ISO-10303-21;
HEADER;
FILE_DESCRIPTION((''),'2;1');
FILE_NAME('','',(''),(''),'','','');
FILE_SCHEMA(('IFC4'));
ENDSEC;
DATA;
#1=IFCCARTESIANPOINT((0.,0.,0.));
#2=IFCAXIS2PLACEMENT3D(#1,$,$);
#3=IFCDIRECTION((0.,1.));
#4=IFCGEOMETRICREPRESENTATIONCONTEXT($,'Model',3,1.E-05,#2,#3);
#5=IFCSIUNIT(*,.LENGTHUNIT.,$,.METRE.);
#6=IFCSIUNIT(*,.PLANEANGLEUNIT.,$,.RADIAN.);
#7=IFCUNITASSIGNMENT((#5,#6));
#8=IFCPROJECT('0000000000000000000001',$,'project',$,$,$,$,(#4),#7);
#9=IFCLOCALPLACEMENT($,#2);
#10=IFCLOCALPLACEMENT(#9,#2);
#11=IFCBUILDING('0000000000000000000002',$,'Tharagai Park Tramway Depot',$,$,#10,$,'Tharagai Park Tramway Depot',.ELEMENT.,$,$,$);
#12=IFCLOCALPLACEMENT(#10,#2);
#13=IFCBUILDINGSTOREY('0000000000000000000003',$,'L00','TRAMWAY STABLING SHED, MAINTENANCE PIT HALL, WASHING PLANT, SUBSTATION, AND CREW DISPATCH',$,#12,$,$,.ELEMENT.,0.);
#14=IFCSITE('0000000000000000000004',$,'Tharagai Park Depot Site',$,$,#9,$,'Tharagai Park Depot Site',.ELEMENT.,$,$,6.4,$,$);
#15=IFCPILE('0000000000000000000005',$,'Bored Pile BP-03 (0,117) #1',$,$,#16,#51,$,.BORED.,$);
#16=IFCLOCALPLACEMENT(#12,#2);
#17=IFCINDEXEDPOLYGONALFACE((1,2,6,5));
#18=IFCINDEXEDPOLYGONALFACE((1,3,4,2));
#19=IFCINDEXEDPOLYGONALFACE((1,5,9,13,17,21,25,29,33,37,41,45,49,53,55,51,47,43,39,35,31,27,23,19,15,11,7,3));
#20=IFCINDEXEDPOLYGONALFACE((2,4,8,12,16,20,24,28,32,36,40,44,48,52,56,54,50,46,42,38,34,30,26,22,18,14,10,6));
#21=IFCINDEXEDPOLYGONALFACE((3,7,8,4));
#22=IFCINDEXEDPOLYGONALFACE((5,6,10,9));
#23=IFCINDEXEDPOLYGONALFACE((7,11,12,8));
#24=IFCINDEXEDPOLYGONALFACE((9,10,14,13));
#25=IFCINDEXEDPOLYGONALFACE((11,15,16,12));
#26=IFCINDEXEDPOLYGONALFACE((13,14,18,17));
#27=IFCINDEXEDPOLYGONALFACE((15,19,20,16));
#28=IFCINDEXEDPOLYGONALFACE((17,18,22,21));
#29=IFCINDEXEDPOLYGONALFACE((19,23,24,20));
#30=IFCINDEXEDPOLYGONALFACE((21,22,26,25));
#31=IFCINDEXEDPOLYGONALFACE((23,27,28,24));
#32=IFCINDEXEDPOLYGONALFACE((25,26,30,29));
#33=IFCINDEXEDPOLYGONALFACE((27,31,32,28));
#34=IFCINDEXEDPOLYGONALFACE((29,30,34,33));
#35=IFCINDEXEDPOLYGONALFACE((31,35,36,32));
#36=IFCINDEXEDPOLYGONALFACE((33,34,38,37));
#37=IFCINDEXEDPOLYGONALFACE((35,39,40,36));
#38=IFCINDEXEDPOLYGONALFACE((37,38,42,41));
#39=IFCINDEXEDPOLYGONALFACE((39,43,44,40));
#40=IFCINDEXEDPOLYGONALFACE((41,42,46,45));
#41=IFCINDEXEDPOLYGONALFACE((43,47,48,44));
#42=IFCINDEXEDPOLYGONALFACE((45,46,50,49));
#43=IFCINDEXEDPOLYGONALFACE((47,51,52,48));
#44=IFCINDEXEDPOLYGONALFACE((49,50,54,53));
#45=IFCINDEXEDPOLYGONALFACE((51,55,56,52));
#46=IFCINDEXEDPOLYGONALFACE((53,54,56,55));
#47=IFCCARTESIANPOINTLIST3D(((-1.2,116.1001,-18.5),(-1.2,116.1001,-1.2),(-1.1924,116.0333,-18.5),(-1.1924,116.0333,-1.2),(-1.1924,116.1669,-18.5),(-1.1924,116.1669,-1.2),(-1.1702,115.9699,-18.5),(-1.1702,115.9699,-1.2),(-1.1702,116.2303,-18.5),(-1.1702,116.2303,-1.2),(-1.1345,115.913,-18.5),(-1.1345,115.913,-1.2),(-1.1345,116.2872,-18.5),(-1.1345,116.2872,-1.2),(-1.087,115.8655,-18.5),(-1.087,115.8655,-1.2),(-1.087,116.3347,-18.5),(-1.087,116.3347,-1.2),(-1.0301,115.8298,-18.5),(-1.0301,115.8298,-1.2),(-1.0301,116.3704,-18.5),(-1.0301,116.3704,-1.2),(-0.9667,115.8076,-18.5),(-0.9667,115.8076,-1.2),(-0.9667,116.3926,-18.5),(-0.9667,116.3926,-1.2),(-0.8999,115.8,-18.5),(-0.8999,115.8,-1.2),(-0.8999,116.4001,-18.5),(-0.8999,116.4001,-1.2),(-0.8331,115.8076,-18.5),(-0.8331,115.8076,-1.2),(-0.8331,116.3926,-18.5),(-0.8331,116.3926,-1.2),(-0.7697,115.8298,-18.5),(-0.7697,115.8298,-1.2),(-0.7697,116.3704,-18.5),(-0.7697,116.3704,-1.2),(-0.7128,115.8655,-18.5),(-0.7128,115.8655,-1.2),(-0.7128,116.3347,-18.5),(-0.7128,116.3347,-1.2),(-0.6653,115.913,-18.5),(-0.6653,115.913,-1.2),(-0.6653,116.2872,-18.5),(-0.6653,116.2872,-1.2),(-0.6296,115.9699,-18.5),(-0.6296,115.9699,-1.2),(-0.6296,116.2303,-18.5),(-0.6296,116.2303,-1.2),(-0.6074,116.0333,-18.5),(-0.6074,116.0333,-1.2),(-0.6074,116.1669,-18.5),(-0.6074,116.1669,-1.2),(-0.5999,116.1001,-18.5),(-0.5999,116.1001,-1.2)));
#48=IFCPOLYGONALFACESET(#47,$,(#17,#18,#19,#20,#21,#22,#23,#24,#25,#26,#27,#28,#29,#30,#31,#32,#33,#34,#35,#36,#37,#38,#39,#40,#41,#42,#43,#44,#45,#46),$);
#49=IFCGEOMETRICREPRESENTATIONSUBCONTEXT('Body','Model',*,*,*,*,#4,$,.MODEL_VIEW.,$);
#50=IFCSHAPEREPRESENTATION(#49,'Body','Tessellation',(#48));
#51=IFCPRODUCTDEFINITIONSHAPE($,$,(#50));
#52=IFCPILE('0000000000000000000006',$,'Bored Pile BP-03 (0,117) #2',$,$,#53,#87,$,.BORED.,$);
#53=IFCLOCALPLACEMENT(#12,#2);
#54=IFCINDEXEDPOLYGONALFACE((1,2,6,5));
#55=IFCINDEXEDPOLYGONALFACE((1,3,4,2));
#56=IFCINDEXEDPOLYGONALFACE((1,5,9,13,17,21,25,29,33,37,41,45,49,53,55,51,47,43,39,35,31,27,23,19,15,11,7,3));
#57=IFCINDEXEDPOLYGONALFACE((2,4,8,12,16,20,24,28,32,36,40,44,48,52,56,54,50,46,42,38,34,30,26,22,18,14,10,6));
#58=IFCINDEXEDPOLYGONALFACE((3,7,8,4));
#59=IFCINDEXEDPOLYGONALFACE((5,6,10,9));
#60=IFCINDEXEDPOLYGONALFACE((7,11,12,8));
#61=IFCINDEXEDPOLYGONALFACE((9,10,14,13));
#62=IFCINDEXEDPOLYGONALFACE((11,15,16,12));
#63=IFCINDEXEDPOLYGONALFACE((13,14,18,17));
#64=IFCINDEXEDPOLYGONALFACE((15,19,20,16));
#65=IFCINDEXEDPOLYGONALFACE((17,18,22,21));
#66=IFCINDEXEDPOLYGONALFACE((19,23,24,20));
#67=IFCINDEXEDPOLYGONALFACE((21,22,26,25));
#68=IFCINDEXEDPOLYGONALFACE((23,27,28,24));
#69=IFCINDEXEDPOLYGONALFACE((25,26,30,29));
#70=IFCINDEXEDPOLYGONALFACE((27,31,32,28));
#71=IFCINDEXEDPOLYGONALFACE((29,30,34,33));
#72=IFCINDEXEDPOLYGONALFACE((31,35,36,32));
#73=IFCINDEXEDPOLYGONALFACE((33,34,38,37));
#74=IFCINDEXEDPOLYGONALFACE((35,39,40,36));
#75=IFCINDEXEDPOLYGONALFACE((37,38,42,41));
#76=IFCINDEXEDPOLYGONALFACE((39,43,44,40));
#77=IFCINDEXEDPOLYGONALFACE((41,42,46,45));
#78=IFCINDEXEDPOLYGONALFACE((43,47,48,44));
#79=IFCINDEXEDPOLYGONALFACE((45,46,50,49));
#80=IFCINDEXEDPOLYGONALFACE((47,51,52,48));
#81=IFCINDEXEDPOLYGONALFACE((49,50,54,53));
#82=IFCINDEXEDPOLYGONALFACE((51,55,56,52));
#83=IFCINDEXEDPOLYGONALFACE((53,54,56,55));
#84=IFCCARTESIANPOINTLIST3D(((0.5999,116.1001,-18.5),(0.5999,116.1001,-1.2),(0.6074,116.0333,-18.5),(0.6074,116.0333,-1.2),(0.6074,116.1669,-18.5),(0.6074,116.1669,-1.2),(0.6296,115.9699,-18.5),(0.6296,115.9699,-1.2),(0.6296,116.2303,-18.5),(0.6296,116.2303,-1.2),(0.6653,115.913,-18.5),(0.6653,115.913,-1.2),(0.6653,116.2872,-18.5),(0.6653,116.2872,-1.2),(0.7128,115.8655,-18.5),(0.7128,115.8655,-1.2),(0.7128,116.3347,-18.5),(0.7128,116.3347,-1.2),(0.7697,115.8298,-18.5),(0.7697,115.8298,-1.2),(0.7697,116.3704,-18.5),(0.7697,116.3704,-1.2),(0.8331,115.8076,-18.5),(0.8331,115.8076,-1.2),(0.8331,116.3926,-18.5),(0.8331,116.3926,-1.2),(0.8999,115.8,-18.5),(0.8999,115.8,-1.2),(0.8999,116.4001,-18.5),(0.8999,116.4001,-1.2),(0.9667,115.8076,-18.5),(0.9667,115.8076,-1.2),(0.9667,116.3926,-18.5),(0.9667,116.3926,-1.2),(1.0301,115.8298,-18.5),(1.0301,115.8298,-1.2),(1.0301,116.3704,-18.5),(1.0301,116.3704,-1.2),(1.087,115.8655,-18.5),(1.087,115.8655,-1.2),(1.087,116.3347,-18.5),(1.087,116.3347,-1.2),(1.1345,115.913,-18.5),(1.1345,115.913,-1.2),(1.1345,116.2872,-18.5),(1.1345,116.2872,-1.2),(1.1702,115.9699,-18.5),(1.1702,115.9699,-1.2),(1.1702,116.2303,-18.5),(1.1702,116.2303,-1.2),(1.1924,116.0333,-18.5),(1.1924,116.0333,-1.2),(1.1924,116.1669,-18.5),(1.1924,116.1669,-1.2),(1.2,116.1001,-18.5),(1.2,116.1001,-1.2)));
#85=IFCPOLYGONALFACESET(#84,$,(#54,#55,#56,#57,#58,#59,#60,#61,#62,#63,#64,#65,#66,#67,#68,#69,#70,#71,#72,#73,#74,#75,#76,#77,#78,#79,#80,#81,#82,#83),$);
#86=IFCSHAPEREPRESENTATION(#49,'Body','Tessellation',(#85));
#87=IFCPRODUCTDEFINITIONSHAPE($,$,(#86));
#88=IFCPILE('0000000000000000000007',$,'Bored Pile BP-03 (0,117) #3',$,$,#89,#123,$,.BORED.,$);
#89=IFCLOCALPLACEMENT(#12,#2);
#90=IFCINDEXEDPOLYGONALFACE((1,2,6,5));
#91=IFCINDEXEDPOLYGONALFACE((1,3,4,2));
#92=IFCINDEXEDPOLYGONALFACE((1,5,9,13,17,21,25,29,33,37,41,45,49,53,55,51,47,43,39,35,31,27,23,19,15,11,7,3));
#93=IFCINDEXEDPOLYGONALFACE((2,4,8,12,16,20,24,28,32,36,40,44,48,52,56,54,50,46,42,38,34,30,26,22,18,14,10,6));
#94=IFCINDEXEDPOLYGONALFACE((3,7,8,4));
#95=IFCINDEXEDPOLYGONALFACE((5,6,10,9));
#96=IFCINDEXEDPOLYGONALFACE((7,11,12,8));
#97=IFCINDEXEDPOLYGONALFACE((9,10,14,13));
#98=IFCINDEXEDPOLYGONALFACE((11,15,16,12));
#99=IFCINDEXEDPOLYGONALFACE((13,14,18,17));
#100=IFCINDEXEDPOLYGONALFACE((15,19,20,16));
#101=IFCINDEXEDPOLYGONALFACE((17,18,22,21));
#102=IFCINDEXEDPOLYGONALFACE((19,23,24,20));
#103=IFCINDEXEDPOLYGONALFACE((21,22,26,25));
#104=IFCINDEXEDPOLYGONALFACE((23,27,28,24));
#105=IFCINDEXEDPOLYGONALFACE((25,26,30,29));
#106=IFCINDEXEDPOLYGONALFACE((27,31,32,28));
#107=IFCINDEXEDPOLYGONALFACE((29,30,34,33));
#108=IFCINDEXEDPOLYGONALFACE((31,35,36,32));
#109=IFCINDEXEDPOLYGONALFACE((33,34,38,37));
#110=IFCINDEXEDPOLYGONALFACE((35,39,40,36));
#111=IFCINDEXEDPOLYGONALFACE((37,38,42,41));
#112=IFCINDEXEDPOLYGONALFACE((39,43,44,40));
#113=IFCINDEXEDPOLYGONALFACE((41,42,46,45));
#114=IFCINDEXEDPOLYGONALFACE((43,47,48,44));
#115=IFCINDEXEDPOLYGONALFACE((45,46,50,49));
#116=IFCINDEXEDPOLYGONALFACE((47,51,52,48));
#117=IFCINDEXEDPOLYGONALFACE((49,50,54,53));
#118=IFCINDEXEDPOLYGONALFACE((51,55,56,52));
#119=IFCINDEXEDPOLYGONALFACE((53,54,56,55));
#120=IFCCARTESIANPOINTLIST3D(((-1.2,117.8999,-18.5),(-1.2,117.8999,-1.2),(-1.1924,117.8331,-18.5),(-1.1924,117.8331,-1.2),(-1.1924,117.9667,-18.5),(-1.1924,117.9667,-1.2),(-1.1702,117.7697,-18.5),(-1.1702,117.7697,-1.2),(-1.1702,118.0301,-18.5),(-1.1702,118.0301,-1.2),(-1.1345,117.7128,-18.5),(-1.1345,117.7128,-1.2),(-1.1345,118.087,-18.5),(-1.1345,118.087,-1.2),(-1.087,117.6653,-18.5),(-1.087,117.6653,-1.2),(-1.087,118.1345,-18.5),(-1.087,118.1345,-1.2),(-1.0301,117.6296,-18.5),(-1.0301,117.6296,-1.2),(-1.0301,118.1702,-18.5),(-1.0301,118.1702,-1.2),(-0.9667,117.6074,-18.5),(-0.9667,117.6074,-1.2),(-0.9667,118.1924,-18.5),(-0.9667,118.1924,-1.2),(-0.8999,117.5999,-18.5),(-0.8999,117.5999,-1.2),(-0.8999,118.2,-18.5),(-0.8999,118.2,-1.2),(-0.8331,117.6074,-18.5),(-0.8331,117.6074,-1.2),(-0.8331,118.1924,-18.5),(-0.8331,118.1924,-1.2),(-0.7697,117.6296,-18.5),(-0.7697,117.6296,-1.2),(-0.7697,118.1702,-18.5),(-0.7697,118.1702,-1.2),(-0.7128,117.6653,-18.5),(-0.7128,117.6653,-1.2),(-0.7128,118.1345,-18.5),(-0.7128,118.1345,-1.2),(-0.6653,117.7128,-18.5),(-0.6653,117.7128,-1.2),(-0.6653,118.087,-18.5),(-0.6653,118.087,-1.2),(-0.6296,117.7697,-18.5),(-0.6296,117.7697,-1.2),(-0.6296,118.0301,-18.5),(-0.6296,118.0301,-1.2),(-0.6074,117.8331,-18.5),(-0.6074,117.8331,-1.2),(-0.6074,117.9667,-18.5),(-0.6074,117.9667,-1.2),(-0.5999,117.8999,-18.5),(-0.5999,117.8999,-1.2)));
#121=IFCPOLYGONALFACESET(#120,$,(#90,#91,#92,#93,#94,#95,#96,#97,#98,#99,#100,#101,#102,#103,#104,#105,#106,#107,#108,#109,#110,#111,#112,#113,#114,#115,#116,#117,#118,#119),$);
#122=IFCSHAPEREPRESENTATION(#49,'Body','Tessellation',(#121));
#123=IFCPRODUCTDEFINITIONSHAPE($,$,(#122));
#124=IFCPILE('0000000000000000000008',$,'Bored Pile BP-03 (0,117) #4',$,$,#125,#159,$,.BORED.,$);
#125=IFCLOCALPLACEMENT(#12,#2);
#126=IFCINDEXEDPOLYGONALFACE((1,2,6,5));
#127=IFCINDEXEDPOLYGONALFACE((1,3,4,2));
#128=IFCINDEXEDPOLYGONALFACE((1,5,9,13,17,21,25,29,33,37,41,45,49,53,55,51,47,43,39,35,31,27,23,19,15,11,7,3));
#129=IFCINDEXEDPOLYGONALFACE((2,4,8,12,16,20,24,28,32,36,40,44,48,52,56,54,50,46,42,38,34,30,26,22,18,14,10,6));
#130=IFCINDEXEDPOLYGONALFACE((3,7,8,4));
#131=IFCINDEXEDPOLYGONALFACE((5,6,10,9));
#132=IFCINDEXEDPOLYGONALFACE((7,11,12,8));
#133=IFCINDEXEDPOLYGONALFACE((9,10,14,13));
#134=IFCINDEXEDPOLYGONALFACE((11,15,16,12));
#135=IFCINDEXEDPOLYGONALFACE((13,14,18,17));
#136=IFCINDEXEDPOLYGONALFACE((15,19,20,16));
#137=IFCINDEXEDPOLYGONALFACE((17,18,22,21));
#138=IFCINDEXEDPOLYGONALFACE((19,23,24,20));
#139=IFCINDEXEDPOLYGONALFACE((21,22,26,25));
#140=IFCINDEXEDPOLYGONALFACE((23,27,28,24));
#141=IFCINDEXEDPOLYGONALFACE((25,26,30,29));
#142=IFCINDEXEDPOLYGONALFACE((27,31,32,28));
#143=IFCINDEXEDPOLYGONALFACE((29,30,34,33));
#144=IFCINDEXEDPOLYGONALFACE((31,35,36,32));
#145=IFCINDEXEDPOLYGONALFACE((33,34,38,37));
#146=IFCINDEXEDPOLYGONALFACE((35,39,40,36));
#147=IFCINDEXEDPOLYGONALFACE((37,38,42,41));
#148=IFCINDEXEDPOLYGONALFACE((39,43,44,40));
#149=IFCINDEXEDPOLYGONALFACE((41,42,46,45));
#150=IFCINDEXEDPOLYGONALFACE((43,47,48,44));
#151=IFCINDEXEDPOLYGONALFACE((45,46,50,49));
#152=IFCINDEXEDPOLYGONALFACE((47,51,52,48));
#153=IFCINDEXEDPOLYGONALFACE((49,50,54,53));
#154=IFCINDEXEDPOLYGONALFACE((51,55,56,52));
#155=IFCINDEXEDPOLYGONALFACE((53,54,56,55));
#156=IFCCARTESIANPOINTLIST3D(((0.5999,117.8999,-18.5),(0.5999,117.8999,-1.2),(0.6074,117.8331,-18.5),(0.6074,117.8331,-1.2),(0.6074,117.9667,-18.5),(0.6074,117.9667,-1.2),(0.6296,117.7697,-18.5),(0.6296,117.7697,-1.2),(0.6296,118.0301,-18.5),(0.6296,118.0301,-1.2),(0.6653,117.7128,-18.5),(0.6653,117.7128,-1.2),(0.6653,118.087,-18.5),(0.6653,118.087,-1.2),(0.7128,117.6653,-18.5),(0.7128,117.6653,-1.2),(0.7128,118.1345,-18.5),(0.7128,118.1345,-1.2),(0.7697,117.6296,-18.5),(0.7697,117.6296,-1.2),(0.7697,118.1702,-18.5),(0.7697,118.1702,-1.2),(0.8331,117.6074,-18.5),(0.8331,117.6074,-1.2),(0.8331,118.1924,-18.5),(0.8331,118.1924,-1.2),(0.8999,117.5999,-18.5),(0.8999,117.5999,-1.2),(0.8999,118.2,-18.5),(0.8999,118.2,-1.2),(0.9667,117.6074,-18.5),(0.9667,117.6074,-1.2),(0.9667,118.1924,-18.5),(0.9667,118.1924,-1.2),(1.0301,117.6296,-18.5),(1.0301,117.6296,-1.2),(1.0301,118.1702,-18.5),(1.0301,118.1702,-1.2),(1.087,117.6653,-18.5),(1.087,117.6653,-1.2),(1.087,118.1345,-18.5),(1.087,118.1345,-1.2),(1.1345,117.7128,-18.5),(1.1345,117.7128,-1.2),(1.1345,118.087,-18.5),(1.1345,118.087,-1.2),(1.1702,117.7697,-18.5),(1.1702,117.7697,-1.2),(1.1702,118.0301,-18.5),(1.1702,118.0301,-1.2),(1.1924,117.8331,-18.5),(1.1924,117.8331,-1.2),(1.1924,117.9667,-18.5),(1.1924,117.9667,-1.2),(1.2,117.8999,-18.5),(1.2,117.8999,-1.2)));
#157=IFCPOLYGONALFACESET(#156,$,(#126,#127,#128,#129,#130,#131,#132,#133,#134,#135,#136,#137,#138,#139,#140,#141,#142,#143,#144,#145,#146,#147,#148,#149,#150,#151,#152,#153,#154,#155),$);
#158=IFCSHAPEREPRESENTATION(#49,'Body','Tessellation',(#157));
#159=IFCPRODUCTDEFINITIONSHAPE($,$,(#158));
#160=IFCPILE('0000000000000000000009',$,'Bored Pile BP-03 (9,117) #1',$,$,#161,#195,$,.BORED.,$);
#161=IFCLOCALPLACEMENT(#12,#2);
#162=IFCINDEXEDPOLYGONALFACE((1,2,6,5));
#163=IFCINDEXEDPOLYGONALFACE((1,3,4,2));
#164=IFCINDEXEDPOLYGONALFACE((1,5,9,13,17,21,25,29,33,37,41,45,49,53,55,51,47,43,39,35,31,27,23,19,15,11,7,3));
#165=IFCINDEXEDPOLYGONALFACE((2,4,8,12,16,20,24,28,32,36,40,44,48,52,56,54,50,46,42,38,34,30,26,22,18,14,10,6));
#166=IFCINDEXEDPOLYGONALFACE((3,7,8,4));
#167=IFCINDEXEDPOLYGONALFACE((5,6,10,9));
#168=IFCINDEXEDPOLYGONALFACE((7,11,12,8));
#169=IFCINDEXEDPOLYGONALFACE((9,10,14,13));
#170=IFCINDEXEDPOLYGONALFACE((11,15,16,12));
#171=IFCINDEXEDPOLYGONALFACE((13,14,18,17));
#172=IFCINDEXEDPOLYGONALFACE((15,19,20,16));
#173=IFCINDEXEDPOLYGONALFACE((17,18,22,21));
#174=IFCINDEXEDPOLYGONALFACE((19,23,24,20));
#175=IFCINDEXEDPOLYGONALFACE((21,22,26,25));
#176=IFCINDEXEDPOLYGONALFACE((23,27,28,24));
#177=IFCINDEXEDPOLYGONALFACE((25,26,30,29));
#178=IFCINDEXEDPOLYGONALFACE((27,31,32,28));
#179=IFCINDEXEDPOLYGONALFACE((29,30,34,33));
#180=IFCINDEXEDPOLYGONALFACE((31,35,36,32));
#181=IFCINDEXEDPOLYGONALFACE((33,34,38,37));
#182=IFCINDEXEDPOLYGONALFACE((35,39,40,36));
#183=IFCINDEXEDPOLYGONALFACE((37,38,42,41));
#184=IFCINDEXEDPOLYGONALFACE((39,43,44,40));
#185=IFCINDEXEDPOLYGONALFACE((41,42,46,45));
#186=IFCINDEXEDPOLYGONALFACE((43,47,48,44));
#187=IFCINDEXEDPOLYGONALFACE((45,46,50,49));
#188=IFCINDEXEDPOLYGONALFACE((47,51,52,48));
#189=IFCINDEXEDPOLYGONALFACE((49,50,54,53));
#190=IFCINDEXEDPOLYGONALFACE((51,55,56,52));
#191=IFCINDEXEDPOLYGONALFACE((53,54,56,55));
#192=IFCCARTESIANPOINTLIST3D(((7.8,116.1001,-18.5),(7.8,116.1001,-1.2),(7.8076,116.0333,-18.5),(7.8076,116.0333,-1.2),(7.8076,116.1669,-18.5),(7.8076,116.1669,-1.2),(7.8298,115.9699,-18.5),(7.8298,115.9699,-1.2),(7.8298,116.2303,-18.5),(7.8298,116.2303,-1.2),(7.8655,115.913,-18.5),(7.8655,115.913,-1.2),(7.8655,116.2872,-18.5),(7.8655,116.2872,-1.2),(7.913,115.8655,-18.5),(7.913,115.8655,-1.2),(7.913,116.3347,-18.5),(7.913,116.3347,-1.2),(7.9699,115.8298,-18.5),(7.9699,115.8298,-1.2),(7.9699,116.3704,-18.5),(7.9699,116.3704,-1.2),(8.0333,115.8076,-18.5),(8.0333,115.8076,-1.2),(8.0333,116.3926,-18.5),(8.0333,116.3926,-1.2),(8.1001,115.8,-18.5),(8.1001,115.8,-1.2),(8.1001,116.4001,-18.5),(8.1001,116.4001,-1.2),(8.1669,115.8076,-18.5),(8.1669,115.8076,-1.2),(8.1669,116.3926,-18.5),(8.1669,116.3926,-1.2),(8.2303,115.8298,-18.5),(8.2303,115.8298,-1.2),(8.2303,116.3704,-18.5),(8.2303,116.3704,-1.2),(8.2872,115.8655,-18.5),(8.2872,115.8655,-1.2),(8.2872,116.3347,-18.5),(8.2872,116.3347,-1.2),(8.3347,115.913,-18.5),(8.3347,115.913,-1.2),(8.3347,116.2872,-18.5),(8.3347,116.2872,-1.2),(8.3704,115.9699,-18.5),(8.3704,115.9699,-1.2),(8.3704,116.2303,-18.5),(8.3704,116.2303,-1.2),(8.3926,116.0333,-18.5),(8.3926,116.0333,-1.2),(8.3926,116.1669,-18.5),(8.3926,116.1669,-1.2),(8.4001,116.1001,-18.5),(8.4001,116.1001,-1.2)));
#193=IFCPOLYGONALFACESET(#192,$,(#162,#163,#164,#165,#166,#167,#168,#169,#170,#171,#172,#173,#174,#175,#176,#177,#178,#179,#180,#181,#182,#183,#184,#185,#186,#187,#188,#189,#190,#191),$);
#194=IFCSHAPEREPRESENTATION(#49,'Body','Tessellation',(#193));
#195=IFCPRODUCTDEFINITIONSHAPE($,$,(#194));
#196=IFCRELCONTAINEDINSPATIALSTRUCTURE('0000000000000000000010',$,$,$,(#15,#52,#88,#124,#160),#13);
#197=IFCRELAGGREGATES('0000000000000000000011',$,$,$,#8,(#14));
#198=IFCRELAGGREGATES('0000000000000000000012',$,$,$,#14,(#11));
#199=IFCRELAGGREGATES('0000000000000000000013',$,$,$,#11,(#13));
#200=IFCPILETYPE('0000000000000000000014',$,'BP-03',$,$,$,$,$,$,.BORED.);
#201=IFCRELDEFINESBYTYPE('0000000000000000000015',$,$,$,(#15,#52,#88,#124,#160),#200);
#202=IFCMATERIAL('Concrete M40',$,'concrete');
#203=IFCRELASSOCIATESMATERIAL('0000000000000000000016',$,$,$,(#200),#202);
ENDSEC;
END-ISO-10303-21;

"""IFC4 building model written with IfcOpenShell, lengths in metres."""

from ifc_helpers import new_model, si_unit, direction, frame, origin, origin_2d, place, context, subcontext, project, spatial, circle, extrude, material, material_profile, profile_set, type_object, element, save


model = new_model("IFC4")

# Units and contexts
model_context = context("Model", 3, precision=1e-05, world=origin(), true_north=direction((0.0, 1.0)))
body_context = subcontext(model_context, "Body", "Model", "MODEL_VIEW")
ifc_project = project(units=[si_unit("LENGTHUNIT", "METRE"), si_unit("PLANEANGLEUNIT", "RADIAN")], contexts=[model_context])

# Site, building, storey
site_placement = place(None, origin())
site = spatial("IfcSite", under=ifc_project, at=site_placement, Name="Tharagai Park Depot Site", LongName="Tharagai Park Depot Site", CompositionType="ELEMENT", RefElevation=6.4)
building_placement = place(site_placement, origin())
building = spatial("IfcBuilding", under=site, at=building_placement, Name="Tharagai Park Tramway Depot", LongName="Tharagai Park Tramway Depot", CompositionType="ELEMENT")
storey_placement = place(building_placement, origin())
storey = spatial("IfcBuildingStorey", under=building, at=storey_placement, Name="L00", Description="TRAMWAY STABLING SHED, MAINTENANCE PIT HALL, WASHING PLANT, SUBSTATION, AND CREW DISPATCH", CompositionType="ELEMENT", Elevation=0.0)

# Piles
ifc_material_1 = material(Name="Concrete M40", Category="concrete")
ifc_material_profile_1 = material_profile(ifc_material_1, circle(Radius=0.3, at=origin_2d()), Name="PILE D600")
ifc_profile_set_1 = profile_set([ifc_material_profile_1], Name="Concrete M40")
pile_type = type_object("IfcPileType", Name="BP-03", PredefinedType="BORED", material=ifc_profile_set_1)
for number, where, z_axis, x_axis, name in (
    (1, (-0.8999, 116.1001, -1.2), (0.0, 0.0, -1.0), (1.0, 0.0, 0.0), "Bored Pile BP-03 (0,117) #1"),
    (2, (0.8999, 116.1001, -1.2), (0.0, 0.0, -1.0), (1.0, 0.0, 0.0), "Bored Pile BP-03 (0,117) #2"),
    (3, (-0.8999, 117.8999, -1.2), (0.0, 0.0, -1.0), (1.0, 0.0, 0.0), "Bored Pile BP-03 (0,117) #3"),
    (4, (0.8999, 117.8999, -1.2), (0.0, 0.0, -1.0), (1.0, 0.0, 0.0), "Bored Pile BP-03 (0,117) #4"),
    (5, (8.1001, 116.1001, -1.2), (0.0, 0.0, -1.0), (1.0, 0.0, 0.0), "Bored Pile BP-03 (9,117) #1"),
):
    element("IfcPile", number, at=place(storey_placement, frame(where, z_axis=z_axis, x_axis=x_axis)), inside=storey, type_object=pile_type, Name=name, PredefinedType="BORED", context=body_context, shape_type="SweptSolid", body=[
        extrude(circle(Radius=0.3, at=origin_2d()), origin(), (0.0, 0.0, 1.0), 17.3),
    ])

save(model, "model.ifc")
